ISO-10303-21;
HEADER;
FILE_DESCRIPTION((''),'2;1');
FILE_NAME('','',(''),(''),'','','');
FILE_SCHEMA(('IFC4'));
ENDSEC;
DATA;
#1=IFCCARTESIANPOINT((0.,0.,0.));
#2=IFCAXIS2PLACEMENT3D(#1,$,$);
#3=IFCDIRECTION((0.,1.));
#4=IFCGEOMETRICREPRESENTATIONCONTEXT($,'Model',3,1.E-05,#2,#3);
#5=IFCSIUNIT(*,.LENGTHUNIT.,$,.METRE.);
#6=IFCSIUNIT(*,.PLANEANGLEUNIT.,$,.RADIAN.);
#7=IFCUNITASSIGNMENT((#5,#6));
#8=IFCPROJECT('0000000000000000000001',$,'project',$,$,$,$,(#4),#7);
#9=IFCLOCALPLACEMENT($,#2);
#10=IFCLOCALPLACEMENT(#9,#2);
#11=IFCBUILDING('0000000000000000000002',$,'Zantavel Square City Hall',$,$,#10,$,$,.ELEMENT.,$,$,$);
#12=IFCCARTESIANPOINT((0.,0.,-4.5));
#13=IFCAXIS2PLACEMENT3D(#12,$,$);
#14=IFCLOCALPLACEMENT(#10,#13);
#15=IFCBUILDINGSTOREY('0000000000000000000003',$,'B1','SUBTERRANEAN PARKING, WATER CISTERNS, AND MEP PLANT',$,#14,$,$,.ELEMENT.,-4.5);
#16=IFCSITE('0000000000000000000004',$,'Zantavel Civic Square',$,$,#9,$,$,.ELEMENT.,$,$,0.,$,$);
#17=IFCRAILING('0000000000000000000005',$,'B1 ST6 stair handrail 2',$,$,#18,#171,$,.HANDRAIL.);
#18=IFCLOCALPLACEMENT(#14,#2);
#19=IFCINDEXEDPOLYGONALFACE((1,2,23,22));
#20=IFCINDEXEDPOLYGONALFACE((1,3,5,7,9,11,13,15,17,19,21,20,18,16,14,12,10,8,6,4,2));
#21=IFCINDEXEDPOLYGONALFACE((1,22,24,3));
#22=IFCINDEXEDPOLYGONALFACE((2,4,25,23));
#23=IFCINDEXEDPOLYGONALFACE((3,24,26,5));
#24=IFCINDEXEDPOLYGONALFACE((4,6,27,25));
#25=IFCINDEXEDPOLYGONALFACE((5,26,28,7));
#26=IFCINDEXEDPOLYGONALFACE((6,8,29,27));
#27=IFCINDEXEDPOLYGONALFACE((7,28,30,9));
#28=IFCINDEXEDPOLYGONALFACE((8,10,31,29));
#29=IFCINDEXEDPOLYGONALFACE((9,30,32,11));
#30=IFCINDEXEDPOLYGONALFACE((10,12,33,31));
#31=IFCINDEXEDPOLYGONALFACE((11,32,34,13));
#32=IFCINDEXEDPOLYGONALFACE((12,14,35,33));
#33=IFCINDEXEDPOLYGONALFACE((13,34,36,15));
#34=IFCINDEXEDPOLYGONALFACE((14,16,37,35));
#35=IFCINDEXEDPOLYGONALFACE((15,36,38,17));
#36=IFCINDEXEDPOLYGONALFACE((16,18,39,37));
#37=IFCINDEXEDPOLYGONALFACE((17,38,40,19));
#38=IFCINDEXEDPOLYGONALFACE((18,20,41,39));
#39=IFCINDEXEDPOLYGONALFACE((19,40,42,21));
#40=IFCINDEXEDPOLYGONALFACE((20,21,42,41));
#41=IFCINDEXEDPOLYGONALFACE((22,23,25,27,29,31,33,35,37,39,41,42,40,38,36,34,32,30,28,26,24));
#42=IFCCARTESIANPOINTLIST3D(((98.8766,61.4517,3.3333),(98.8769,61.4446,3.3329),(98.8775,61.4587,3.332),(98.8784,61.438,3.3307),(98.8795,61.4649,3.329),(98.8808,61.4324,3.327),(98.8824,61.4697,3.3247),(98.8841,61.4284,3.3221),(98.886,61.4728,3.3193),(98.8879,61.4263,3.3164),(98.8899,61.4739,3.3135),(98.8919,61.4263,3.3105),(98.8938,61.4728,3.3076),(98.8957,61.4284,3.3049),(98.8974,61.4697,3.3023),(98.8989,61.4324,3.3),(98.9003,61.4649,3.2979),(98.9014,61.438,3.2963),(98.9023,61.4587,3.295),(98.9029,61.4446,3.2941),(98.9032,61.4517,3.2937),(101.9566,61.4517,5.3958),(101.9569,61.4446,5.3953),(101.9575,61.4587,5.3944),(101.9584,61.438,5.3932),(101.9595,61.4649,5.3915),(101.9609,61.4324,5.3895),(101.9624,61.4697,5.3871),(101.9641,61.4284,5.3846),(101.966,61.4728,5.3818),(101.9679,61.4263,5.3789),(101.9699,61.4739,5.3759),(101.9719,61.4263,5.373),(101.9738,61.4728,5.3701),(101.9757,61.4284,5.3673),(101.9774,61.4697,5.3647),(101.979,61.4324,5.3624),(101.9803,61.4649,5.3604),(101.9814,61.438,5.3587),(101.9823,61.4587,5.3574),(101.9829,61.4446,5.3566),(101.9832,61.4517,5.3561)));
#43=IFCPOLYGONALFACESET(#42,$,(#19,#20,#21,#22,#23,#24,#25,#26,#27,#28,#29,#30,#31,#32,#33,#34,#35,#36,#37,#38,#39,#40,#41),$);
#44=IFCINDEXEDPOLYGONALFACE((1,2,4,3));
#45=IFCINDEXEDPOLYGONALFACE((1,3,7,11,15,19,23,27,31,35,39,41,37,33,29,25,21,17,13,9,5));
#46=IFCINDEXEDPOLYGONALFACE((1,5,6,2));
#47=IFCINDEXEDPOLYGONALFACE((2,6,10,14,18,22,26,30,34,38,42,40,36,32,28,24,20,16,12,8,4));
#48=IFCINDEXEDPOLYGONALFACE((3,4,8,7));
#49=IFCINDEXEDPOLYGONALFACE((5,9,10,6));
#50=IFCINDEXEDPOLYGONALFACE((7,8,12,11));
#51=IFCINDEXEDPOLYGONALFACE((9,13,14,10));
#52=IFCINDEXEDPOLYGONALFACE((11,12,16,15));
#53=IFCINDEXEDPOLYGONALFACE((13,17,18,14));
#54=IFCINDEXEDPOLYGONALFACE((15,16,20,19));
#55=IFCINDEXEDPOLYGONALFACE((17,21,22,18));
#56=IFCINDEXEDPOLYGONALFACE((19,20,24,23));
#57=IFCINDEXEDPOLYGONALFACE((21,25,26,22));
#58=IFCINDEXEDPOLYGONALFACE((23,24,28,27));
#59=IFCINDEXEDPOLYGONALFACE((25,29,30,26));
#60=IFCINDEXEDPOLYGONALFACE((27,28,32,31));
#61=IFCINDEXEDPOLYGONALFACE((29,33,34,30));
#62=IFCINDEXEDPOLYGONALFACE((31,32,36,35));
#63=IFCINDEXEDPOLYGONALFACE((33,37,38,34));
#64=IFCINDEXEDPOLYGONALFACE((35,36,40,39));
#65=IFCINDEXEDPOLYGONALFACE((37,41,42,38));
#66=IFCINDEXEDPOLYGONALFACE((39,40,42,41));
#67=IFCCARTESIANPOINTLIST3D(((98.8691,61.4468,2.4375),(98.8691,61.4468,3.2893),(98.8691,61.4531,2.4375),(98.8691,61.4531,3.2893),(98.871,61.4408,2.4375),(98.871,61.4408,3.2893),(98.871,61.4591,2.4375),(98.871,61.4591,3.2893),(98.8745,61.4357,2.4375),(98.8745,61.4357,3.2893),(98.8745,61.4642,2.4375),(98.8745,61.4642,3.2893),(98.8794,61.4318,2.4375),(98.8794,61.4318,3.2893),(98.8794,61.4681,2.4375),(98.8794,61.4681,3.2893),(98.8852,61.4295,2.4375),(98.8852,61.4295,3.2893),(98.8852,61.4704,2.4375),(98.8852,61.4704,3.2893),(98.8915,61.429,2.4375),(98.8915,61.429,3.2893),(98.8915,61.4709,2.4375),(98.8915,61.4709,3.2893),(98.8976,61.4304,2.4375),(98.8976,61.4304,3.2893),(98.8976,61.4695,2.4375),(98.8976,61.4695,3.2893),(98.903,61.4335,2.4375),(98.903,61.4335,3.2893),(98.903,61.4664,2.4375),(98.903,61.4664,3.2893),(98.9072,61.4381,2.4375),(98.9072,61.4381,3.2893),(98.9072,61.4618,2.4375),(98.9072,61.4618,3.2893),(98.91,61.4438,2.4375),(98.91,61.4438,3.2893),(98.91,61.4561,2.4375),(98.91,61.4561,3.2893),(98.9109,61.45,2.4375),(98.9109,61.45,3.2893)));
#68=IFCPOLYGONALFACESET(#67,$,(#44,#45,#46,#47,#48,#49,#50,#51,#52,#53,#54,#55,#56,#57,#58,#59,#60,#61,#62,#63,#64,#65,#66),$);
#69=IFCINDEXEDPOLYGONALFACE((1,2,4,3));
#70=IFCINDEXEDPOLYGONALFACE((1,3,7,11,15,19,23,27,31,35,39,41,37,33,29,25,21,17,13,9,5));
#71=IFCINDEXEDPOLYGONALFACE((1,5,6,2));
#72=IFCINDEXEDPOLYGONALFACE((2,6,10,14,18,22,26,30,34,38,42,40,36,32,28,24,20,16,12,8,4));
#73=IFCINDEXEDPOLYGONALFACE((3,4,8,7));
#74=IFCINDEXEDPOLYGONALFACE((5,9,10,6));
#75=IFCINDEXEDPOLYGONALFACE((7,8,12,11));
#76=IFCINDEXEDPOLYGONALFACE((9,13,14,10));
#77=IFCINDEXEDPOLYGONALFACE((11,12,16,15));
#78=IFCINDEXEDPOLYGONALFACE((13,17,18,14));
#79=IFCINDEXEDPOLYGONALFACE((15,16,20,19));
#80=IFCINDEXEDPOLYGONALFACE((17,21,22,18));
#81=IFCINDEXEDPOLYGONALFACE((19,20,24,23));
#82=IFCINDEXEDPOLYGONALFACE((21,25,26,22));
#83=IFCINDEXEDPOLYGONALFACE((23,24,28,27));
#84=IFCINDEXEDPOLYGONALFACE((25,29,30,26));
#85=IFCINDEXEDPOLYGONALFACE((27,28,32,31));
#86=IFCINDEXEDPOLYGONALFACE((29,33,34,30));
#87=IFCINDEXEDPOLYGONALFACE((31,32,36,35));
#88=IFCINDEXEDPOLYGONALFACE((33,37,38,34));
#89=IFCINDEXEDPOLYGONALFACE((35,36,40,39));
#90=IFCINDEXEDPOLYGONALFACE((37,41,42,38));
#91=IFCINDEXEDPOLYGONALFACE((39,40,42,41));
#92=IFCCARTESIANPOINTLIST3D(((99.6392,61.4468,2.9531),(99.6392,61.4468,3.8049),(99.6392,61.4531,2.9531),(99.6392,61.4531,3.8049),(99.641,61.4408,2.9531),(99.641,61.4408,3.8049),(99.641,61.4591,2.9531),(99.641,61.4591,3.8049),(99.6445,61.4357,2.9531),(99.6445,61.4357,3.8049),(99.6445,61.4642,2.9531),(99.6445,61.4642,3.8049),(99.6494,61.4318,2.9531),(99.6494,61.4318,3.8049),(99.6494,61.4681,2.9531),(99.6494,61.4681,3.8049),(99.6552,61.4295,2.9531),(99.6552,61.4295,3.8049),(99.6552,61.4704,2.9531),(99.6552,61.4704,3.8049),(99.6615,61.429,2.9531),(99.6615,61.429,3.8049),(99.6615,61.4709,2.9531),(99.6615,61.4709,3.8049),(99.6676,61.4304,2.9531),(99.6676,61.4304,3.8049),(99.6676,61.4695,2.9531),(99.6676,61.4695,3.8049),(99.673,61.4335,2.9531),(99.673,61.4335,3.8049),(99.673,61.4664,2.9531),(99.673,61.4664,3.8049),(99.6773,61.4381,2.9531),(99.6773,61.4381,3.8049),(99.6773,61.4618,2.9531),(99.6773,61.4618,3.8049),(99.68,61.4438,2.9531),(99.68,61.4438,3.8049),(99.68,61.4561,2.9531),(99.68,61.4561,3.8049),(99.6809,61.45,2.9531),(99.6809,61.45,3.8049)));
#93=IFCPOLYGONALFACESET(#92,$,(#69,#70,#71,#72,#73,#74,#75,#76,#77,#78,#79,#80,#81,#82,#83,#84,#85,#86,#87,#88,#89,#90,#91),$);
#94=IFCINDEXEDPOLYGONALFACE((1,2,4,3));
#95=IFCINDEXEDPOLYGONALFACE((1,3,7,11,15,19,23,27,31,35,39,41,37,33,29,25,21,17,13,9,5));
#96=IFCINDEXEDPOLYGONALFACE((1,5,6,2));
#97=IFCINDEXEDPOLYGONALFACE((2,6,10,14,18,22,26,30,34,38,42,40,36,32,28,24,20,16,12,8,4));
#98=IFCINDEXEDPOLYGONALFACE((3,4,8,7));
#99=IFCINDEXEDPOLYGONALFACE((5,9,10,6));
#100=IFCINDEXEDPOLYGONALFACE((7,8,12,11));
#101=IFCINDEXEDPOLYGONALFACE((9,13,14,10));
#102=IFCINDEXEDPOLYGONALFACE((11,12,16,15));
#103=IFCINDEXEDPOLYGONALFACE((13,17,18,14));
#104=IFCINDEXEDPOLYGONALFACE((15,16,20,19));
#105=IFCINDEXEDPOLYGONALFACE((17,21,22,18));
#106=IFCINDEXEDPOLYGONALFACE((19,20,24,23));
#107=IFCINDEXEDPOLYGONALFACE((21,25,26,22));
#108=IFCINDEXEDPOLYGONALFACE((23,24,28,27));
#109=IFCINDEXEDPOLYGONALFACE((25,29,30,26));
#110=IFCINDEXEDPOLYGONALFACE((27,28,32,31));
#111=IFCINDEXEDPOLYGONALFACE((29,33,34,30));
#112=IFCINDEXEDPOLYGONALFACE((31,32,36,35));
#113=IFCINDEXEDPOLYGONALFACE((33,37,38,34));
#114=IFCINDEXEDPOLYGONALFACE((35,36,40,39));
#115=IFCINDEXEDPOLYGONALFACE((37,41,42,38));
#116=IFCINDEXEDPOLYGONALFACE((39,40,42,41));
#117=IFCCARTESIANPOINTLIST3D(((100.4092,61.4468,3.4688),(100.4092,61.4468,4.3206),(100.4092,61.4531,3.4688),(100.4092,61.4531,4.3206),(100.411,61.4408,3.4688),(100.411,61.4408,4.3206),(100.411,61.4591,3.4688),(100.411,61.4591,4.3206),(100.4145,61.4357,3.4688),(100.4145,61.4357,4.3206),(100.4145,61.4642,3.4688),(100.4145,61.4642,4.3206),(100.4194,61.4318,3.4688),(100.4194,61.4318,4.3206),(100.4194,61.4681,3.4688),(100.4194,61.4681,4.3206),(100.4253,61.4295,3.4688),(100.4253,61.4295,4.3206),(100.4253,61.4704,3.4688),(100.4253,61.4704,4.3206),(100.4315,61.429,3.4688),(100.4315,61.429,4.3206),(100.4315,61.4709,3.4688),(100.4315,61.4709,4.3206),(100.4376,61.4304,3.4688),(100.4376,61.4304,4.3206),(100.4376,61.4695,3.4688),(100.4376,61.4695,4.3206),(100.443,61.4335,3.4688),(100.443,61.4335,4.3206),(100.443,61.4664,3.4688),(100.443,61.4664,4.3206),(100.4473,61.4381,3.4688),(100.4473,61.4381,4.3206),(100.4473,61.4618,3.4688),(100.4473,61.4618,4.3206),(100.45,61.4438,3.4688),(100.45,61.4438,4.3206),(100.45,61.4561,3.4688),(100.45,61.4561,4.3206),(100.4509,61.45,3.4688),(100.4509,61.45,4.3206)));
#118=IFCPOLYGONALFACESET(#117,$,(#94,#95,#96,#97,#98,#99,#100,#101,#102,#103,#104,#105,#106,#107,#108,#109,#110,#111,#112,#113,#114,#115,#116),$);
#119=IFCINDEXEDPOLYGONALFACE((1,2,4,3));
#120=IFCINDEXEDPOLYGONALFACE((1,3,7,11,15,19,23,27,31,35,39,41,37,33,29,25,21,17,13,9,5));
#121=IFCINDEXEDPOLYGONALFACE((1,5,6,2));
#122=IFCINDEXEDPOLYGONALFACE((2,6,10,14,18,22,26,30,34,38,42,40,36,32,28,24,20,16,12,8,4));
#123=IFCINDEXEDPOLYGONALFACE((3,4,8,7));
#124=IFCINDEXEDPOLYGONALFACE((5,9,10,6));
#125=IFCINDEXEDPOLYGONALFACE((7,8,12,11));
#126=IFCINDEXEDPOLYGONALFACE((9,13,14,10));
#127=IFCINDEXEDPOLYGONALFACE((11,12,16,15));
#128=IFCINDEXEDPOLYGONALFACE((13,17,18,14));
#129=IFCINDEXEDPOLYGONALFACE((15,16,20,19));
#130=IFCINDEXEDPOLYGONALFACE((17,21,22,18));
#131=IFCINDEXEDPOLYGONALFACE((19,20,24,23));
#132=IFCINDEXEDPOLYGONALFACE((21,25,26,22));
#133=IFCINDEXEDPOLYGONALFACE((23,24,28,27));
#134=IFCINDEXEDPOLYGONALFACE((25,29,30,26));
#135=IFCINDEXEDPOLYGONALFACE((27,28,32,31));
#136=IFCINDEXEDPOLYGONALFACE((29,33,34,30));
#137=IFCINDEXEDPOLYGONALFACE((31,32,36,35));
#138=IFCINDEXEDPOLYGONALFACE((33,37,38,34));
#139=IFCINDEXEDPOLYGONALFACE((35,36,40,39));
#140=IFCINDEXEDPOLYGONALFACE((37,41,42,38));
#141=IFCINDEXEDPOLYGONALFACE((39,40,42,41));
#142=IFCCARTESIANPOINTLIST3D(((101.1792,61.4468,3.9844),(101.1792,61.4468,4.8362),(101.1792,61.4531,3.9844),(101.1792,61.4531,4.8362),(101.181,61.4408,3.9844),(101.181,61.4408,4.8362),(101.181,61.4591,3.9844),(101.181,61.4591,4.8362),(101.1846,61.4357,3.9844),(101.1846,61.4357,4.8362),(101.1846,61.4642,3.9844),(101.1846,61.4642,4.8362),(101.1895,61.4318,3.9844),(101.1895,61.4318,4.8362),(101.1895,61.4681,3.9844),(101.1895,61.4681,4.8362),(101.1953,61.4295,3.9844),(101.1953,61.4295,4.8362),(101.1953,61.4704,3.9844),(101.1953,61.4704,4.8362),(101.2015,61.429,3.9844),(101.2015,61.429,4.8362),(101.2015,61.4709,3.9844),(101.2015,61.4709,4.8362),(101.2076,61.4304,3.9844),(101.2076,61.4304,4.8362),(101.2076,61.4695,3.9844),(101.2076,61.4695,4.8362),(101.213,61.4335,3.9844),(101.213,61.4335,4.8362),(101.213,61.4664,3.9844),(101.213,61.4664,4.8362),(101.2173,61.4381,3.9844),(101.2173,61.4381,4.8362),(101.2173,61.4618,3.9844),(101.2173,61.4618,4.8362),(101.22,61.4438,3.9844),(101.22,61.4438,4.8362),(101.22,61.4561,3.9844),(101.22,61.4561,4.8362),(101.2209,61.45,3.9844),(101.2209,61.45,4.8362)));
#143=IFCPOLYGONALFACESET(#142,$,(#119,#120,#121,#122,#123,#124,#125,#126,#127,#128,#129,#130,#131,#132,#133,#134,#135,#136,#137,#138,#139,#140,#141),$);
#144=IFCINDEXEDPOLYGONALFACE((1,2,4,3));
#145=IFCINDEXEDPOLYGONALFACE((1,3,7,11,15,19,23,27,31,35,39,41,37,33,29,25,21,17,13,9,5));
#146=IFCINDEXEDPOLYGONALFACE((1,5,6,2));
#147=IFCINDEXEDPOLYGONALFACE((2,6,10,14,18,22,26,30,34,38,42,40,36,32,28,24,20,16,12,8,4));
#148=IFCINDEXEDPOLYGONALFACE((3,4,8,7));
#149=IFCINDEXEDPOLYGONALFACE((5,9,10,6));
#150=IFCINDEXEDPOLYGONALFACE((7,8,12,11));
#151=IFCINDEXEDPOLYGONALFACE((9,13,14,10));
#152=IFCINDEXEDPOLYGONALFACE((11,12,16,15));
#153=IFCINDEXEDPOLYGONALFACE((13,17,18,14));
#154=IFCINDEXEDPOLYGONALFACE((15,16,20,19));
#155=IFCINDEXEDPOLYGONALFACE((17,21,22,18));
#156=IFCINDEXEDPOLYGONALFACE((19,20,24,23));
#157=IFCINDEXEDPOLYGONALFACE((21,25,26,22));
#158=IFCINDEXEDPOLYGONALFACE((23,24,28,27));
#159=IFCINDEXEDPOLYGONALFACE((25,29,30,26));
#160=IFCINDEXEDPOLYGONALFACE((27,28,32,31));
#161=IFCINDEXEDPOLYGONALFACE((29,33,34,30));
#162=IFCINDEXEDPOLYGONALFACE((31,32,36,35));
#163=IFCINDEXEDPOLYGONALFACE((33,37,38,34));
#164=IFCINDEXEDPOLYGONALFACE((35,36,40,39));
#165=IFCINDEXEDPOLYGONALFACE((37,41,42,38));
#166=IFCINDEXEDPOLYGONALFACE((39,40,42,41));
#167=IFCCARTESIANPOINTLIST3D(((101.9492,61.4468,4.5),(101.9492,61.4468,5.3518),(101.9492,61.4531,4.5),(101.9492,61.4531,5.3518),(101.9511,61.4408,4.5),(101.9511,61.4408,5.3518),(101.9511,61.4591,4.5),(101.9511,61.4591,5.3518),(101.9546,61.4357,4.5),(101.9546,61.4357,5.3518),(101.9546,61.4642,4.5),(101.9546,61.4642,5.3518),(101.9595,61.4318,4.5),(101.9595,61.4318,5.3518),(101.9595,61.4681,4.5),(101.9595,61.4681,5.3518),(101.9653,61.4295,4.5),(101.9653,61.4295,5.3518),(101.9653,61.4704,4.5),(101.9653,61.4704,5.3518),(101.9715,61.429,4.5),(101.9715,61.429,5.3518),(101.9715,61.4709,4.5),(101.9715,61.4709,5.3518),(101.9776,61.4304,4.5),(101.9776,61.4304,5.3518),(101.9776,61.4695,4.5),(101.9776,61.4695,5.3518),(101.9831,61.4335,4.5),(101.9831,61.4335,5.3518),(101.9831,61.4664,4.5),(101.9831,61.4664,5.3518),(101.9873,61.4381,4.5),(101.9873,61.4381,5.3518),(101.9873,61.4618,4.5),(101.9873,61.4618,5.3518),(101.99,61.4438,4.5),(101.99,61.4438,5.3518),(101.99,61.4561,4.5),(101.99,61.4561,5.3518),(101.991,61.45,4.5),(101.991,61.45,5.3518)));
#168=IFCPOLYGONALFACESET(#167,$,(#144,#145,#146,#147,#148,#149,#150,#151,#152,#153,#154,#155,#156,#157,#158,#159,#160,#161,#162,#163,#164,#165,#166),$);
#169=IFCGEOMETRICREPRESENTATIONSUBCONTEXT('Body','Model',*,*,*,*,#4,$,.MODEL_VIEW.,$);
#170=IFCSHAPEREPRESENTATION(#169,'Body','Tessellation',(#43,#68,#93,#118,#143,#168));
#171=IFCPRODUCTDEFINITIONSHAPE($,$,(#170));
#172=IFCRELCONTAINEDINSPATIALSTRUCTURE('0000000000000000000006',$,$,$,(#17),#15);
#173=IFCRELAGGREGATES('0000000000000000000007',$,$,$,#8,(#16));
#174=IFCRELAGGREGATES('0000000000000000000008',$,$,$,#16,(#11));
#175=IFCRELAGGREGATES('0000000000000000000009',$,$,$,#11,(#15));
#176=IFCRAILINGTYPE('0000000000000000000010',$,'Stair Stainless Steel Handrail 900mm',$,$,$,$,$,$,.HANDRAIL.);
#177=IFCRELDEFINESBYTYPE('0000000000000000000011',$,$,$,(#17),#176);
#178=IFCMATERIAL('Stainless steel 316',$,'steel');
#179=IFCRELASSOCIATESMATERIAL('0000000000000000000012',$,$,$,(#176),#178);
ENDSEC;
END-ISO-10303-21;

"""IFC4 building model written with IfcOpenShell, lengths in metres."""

from ifc_helpers import new_model, si_unit, direction, frame, origin, origin_2d, place, context, subcontext, project, spatial, circle, extrude, material, type_object, element, save


model = new_model("IFC4")

# Units and contexts
model_context = context("Model", 3, precision=1e-05, world=origin(), true_north=direction((0.0, 1.0)))
body_context = subcontext(model_context, "Body", "Model", "MODEL_VIEW")
ifc_project = project(units=[si_unit("LENGTHUNIT", "METRE"), si_unit("PLANEANGLEUNIT", "RADIAN")], contexts=[model_context])

# Site, building, storey
site_placement = place(None, origin())
site = spatial("IfcSite", under=ifc_project, at=site_placement, Name="Zantavel Civic Square", CompositionType="ELEMENT", RefElevation=0.0)
building_placement = place(site_placement, origin())
building = spatial("IfcBuilding", under=site, at=building_placement, Name="Zantavel Square City Hall", CompositionType="ELEMENT")
storey_placement = place(building_placement, frame((0.0, 0.0, -4.5)))
storey = spatial("IfcBuildingStorey", under=building, at=storey_placement, Name="B1", Description="SUBTERRANEAN PARKING, WATER CISTERNS, AND MEP PLANT", CompositionType="ELEMENT", Elevation=-4.5)

# Railing
ifc_material_1 = material(Name="Stainless steel 316", Category="steel")
railing_type_1 = type_object("IfcRailingType", Name="Stair Stainless Steel Handrail 900mm", PredefinedType="HANDRAIL", material=ifc_material_1)
railing_1_placement = place(storey_placement, frame((98.8899, 61.45, 2.4375)))
element("IfcRailing", 1, at=railing_1_placement, inside=storey, type_object=railing_type_1, Name="B1 ST6 stair handrail 2", PredefinedType="HANDRAIL", context=body_context, shape_type="SweptSolid", body=[
    extrude(circle(Radius=0.0239, at=origin_2d()), frame((0.0, 0.0, 0.876), z_axis=(0.830914, 0.0, 0.556401), x_axis=(0.0, 1.0, 0.0)), (0.0, 0.0, 1.0), 3.7068),
    extrude(circle(Radius=0.021, at=origin_2d()), origin(), (0.0, 0.0, 1.0), 0.8518),
    extrude(circle(Radius=0.021, at=origin_2d()), frame((0.77, 0.0, 0.5156)), (0.0, 0.0, 1.0), 0.8518),
    extrude(circle(Radius=0.021, at=origin_2d()), frame((1.54, 0.0, 1.0312)), (0.0, 0.0, 1.0), 0.8518),
    extrude(circle(Radius=0.021, at=origin_2d()), frame((2.3101, 0.0, 1.5469)), (0.0, 0.0, 1.0), 0.8518),
    extrude(circle(Radius=0.021, at=origin_2d()), frame((3.0801, 0.0, 2.0625)), (0.0, 0.0, 1.0), 0.8518),
])

save(model, "model.ifc")
